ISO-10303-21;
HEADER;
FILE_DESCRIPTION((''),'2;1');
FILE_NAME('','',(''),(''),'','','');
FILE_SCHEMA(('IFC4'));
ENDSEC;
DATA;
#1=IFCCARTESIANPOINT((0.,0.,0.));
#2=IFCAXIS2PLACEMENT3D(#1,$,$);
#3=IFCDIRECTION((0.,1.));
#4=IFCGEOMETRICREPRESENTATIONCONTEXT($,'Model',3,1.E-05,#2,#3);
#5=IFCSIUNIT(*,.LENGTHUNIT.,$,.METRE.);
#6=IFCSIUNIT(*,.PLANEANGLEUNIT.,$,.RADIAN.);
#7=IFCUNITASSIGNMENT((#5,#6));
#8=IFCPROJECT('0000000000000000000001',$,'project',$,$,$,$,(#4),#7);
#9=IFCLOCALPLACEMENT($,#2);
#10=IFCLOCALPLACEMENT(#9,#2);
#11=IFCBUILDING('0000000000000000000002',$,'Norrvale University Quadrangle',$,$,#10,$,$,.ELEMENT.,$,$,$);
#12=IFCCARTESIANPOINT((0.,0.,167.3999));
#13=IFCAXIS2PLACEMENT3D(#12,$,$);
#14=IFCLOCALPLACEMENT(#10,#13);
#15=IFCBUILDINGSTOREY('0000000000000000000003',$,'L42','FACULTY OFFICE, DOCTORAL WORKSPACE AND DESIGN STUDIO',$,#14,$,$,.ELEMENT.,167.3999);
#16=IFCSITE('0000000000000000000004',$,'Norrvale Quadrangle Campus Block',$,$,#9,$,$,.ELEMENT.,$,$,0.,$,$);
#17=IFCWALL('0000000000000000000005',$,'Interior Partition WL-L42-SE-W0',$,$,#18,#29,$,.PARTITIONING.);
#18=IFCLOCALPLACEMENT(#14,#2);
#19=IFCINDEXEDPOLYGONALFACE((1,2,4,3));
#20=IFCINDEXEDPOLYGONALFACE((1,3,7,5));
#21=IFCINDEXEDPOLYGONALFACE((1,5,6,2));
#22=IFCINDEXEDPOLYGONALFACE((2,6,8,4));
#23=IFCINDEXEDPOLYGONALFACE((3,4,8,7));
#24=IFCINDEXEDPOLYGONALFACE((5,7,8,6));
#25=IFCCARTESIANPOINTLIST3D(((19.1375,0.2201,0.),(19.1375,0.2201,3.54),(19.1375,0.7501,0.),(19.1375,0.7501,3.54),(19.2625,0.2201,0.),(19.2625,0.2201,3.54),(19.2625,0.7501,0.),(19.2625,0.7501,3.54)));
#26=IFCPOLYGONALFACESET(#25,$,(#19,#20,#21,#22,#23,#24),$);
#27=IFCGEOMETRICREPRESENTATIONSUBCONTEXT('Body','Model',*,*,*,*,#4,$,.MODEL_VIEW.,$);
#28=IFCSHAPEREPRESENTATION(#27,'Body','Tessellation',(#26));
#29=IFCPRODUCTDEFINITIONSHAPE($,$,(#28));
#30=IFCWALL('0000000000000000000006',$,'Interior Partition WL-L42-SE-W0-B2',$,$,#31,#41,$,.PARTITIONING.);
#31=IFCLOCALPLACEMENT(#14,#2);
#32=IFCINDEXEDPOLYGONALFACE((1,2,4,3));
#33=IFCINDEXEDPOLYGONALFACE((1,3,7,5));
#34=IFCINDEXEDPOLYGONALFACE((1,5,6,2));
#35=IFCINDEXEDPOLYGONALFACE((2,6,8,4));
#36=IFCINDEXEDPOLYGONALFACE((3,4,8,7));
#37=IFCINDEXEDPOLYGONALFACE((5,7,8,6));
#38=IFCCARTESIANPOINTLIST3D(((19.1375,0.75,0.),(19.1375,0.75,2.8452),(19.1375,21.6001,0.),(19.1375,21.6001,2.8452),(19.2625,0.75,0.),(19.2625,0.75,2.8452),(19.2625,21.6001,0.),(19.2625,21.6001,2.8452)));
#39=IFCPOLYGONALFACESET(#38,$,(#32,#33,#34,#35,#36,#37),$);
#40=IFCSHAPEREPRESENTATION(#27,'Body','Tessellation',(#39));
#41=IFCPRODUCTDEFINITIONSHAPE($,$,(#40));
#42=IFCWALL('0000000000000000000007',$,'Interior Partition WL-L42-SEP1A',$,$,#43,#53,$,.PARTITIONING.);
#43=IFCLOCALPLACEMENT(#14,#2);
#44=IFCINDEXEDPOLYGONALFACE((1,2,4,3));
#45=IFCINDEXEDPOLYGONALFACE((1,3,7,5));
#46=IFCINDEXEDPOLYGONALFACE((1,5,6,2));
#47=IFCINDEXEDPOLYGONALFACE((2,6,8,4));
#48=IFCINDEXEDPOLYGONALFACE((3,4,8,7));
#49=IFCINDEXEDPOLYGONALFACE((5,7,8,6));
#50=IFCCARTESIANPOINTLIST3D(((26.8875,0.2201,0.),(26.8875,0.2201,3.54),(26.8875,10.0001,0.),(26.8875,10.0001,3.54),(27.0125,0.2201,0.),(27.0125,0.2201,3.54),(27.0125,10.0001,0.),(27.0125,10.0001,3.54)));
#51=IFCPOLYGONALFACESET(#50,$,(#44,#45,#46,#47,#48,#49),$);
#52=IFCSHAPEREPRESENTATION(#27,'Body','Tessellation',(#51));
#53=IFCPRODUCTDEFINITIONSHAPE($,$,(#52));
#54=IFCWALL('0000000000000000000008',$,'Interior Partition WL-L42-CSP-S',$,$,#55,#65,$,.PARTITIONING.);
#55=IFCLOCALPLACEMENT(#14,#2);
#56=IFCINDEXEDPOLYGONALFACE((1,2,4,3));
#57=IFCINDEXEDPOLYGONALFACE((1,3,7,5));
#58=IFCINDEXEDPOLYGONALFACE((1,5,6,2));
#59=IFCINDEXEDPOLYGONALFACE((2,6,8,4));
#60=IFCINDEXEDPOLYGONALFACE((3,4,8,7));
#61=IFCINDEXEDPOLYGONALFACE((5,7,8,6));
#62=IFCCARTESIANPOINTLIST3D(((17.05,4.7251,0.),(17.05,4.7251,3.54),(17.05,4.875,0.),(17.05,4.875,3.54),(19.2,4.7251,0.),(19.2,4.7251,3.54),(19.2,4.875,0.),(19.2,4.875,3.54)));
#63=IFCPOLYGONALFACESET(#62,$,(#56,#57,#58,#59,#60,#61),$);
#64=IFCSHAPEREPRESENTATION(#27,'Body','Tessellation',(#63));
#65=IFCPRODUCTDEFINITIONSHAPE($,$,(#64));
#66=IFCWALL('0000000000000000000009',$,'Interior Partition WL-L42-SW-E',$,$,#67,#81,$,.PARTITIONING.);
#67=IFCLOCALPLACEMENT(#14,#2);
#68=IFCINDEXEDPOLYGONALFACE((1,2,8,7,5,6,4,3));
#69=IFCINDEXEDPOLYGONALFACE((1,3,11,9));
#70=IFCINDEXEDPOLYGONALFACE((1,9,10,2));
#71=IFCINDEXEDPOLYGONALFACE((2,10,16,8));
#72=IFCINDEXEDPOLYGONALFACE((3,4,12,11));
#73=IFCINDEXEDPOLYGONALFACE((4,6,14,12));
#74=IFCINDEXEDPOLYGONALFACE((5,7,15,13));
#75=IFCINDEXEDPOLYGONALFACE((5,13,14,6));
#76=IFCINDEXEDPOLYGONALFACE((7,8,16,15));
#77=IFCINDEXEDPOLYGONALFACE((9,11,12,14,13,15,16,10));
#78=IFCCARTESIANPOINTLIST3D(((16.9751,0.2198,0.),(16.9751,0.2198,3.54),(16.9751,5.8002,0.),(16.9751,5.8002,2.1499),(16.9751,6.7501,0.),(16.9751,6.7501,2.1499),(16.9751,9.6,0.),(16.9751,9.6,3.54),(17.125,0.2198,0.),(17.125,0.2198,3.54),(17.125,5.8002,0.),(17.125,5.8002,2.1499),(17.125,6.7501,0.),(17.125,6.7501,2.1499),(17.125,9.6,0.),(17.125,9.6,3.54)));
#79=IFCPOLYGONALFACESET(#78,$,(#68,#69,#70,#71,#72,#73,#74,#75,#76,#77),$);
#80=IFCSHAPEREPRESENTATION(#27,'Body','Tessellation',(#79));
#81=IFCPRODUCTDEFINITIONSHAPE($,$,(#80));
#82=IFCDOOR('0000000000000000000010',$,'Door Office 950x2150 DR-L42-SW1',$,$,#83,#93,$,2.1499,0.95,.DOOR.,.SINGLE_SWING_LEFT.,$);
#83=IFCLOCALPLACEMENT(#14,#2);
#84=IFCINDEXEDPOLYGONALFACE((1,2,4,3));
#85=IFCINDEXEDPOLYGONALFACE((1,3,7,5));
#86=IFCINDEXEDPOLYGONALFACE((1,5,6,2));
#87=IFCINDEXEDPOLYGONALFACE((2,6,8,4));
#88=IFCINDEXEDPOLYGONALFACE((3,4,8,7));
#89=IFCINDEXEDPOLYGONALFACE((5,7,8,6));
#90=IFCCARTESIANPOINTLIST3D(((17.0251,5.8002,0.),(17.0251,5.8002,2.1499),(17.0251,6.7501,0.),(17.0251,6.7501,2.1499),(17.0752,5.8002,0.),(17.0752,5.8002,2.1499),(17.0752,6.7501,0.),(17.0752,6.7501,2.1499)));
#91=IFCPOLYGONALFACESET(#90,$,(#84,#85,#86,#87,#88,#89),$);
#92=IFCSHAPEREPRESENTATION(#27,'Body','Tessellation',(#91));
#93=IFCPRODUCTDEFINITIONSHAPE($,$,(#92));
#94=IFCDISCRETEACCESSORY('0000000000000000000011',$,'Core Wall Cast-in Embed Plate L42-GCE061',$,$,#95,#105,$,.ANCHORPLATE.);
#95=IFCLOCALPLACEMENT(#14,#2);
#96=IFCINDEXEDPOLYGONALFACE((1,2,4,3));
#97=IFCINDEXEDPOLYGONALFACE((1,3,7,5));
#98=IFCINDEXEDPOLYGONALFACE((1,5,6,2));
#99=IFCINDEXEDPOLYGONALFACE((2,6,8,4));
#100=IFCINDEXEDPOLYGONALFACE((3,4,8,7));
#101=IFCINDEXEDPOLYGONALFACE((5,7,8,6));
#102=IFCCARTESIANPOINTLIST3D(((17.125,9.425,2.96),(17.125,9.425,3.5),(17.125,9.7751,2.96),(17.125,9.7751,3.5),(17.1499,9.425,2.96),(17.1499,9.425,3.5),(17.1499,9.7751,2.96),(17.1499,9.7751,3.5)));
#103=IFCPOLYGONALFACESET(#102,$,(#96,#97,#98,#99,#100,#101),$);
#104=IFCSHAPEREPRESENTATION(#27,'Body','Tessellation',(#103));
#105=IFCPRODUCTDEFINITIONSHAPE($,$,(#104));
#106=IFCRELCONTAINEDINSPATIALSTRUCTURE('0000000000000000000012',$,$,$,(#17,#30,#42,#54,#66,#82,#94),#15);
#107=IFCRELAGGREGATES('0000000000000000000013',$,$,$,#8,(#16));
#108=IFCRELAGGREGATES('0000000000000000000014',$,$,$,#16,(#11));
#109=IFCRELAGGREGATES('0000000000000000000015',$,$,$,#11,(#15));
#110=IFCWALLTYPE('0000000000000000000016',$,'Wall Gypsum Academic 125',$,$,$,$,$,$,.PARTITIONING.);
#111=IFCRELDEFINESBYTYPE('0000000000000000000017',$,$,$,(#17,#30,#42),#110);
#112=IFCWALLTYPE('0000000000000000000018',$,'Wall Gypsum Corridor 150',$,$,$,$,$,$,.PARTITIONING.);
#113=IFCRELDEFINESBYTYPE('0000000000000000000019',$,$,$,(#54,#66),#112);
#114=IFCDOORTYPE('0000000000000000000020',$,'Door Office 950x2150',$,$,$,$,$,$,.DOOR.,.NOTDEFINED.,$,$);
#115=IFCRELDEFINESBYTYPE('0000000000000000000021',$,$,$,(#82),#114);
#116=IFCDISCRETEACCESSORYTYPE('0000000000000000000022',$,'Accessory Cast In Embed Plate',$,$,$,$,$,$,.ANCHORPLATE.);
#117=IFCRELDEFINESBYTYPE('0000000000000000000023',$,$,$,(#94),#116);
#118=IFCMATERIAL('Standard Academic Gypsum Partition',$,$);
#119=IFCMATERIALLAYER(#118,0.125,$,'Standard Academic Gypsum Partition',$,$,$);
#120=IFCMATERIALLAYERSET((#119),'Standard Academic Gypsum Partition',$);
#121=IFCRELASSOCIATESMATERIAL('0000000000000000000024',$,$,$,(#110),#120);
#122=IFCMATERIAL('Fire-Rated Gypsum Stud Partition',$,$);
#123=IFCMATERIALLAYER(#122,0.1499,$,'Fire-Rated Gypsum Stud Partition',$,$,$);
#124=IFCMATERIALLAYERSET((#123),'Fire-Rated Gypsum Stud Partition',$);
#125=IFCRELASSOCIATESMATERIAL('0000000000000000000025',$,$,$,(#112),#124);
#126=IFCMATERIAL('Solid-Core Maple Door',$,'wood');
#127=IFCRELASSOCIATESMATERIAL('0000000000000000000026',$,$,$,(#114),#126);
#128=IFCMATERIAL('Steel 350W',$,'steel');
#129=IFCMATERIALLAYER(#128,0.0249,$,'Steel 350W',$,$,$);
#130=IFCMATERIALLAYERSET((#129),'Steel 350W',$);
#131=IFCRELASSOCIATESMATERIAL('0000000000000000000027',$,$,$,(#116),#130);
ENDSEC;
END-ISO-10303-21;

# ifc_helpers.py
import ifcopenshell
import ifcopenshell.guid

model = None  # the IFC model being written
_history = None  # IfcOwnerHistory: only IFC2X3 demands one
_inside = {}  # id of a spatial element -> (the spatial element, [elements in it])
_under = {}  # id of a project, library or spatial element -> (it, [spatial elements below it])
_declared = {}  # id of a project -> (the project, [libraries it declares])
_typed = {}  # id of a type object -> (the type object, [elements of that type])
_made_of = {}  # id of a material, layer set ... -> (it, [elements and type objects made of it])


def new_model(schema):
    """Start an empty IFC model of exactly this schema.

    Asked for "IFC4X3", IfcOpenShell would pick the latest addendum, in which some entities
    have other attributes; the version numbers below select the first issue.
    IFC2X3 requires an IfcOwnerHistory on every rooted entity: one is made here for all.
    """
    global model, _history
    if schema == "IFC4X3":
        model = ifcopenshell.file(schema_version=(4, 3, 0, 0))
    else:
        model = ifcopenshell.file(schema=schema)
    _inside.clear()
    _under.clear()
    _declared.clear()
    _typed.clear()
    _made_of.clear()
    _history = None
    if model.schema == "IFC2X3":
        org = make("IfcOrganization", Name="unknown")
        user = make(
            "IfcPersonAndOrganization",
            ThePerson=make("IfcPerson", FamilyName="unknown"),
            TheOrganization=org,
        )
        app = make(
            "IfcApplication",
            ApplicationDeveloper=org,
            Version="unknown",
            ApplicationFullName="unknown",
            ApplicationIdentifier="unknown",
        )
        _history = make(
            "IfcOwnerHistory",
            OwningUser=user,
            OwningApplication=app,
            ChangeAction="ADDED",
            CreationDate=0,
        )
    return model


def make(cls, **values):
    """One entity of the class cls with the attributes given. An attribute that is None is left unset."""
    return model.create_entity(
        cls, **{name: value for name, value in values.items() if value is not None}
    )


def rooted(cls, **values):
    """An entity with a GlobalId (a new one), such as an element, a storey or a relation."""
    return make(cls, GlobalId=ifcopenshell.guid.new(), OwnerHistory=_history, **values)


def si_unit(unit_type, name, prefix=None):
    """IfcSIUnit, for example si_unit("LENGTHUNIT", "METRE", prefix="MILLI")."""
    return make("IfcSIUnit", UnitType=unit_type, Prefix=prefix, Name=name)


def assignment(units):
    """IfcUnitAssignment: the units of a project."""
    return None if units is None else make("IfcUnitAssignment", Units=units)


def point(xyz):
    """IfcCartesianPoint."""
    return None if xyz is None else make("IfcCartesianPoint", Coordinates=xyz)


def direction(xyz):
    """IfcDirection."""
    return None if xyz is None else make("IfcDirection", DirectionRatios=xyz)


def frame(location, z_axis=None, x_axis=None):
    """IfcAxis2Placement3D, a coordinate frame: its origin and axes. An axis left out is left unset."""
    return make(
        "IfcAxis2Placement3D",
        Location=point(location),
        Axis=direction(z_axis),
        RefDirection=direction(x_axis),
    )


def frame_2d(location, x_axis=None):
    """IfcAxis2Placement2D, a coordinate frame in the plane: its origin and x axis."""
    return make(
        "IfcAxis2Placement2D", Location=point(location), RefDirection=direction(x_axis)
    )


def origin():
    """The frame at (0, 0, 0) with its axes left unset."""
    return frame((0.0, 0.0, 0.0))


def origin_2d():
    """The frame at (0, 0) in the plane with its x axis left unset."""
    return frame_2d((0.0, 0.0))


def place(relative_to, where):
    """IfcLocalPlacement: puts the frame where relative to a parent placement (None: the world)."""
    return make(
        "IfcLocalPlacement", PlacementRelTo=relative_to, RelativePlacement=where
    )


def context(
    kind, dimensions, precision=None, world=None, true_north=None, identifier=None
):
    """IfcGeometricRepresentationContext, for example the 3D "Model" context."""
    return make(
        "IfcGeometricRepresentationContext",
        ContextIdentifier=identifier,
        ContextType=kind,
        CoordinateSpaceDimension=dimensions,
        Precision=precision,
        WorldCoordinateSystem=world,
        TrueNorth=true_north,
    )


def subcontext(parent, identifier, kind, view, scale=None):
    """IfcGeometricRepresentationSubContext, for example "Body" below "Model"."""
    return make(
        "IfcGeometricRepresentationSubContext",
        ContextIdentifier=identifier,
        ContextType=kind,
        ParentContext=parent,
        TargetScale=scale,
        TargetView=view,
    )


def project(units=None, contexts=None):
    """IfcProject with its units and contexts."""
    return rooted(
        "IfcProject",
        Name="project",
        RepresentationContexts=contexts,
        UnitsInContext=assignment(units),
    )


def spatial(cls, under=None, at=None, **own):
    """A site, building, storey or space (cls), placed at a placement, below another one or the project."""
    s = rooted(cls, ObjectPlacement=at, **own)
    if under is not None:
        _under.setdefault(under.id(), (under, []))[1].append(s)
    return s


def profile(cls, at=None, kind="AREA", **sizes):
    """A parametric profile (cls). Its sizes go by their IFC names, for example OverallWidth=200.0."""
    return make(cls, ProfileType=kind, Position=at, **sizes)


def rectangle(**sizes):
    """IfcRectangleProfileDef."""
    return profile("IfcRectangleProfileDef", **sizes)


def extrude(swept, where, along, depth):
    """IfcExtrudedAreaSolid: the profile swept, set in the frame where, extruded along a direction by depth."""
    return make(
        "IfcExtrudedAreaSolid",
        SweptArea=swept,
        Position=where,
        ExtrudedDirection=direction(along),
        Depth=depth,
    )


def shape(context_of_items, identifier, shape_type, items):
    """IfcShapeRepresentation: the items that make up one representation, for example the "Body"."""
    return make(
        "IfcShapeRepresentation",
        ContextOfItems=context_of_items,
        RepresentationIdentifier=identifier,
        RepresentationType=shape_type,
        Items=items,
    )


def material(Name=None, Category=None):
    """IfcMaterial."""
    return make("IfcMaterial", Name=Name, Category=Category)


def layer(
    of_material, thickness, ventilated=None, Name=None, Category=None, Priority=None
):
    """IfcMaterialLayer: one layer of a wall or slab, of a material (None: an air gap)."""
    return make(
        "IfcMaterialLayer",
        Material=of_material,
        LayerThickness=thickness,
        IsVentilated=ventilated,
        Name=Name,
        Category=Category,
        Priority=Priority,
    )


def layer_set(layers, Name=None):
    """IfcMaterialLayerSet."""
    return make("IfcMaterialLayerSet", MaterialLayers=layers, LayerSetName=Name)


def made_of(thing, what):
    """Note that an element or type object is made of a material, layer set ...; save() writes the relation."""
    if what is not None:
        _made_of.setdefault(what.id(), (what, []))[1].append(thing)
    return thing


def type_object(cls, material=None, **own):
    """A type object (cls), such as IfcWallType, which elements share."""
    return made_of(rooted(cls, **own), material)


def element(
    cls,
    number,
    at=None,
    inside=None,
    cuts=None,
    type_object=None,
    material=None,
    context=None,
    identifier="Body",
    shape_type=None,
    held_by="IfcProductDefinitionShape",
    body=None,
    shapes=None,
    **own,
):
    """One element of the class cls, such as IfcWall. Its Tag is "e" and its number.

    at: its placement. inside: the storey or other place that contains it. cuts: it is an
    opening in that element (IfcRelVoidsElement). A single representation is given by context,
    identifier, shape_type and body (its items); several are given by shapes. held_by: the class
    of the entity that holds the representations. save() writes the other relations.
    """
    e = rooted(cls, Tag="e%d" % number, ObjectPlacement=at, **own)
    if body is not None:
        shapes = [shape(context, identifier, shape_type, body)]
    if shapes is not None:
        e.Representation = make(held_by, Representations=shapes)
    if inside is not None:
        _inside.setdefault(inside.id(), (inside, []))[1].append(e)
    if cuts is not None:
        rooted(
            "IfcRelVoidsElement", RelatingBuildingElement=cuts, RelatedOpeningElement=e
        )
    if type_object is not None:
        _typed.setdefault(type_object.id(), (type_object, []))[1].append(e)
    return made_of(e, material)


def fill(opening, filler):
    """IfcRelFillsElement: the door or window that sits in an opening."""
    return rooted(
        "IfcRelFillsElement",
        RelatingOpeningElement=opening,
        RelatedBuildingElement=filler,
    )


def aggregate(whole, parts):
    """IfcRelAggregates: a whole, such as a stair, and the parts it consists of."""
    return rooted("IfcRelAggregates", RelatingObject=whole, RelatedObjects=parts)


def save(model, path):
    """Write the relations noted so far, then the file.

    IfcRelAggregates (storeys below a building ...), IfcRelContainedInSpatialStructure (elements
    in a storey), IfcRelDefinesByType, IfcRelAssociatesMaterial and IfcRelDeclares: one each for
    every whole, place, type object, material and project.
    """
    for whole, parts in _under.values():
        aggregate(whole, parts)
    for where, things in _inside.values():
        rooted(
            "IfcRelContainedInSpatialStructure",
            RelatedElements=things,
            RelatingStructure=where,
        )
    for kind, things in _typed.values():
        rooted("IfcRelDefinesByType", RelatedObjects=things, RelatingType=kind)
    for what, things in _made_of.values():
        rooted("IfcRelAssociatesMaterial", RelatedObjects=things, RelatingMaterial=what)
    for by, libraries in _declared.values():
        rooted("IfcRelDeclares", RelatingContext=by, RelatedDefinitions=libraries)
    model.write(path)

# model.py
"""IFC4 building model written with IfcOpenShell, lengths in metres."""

from ifc_helpers import new_model, si_unit, direction, frame, frame_2d, origin, origin_2d, place, context, subcontext, project, spatial, rectangle, extrude, material, layer, layer_set, type_object, element, fill, save


model = new_model("IFC4")

# Units and contexts
model_context = context("Model", 3, precision=1e-05, world=origin(), true_north=direction((0.0, 1.0)))
body_context = subcontext(model_context, "Body", "Model", "MODEL_VIEW")
ifc_project = project(units=[si_unit("LENGTHUNIT", "METRE"), si_unit("PLANEANGLEUNIT", "RADIAN")], contexts=[model_context])

# Site, building, storey
site_placement = place(None, origin())
site = spatial("IfcSite", under=ifc_project, at=site_placement, Name="Norrvale Quadrangle Campus Block", CompositionType="ELEMENT", RefElevation=0.0)
building_placement = place(site_placement, origin())
building = spatial("IfcBuilding", under=site, at=building_placement, Name="Norrvale University Quadrangle", CompositionType="ELEMENT")
storey_placement = place(building_placement, frame((0.0, 0.0, 167.3999)))
storey = spatial("IfcBuildingStorey", under=building, at=storey_placement, Name="L42", Description="FACULTY OFFICE, DOCTORAL WORKSPACE AND DESIGN STUDIO", CompositionType="ELEMENT", Elevation=167.3999)

# Shared definitions
ifc_material_1 = material(Name="Steel 350W", Category="steel")

# Walls
ifc_material_2 = material(Name="Standard Academic Gypsum Partition")
ifc_layer_1 = layer(ifc_material_2, 0.125, Name="Standard Academic Gypsum Partition")
ifc_layer_set_1 = layer_set([ifc_layer_1], Name="Standard Academic Gypsum Partition")
wall_type_1 = type_object("IfcWallType", Name="Wall Gypsum Academic 125", PredefinedType="PARTITIONING", material=ifc_layer_set_1)
wall_1_placement = place(storey_placement, frame((19.2, 0.22, 0.0), z_axis=(0.0, 0.0, 1.0), x_axis=(0.0, 1.0, 0.0)))
element("IfcWall", 1, at=wall_1_placement, inside=storey, type_object=wall_type_1, Name="Interior Partition WL-L42-SE-W0", PredefinedType="PARTITIONING", context=body_context, shape_type="SweptSolid", body=[
    extrude(rectangle(XDim=0.53, YDim=0.125, at=frame_2d((0.2651, 0.0))), origin(), (0.0, 0.0, 1.0), 3.54),
])
wall_2_placement = place(storey_placement, frame((19.2, 0.75, 0.0), z_axis=(0.0, 0.0, 1.0), x_axis=(0.0, 1.0, 0.0)))
element("IfcWall", 2, at=wall_2_placement, inside=storey, type_object=wall_type_1, Name="Interior Partition WL-L42-SE-W0-B2", PredefinedType="PARTITIONING", context=body_context, shape_type="SweptSolid", body=[
    extrude(rectangle(XDim=20.8501, YDim=0.125, at=frame_2d((10.425, 0.0))), origin(), (0.0, 0.0, 1.0), 2.8452),
])
wall_3_placement = place(storey_placement, frame((26.95, 0.22, 0.0), z_axis=(0.0, 0.0, 1.0), x_axis=(0.0, 1.0, 0.0)))
element("IfcWall", 3, at=wall_3_placement, inside=storey, type_object=wall_type_1, Name="Interior Partition WL-L42-SEP1A", PredefinedType="PARTITIONING", context=body_context, shape_type="SweptSolid", body=[
    extrude(rectangle(XDim=9.78, YDim=0.125, at=frame_2d((4.8901, 0.0))), origin(), (0.0, 0.0, 1.0), 3.54),
])
ifc_material_3 = material(Name="Fire-Rated Gypsum Stud Partition")
ifc_layer_2 = layer(ifc_material_3, 0.1499, Name="Fire-Rated Gypsum Stud Partition")
ifc_layer_set_2 = layer_set([ifc_layer_2], Name="Fire-Rated Gypsum Stud Partition")
wall_type_2 = type_object("IfcWallType", Name="Wall Gypsum Corridor 150", PredefinedType="PARTITIONING", material=ifc_layer_set_2)
wall_4_placement = place(storey_placement, frame((17.05, 4.8, 0.0), z_axis=(0.0, 0.0, 1.0), x_axis=(1.0, 0.0, 0.0)))
element("IfcWall", 4, at=wall_4_placement, inside=storey, type_object=wall_type_2, Name="Interior Partition WL-L42-CSP-S", PredefinedType="PARTITIONING", context=body_context, shape_type="SweptSolid", body=[
    extrude(rectangle(XDim=2.1499, YDim=0.1499, at=frame_2d((1.075, 0.0))), origin(), (0.0, 0.0, 1.0), 3.54),
])

# Wall, opening, door
wall_5_placement = place(storey_placement, frame((17.05, 0.22, 0.0), z_axis=(0.0, 0.0, 1.0), x_axis=(0.0, 1.0, 0.0)))
wall_5 = element("IfcWall", 5, at=wall_5_placement, inside=storey, type_object=wall_type_2, Name="Interior Partition WL-L42-SW-E", PredefinedType="PARTITIONING", context=body_context, shape_type="SweptSolid", body=[
    extrude(rectangle(XDim=9.3801, YDim=0.1499, at=frame_2d((4.6899, 0.0))), origin(), (0.0, 0.0, 1.0), 3.54),
])
opening_placement = place(wall_5_placement, frame((5.5801, 0.0, 0.0)))
opening = element("IfcOpeningElement", 6, at=opening_placement, cuts=wall_5, PredefinedType="OPENING", context=body_context, shape_type="SweptSolid", body=[
    extrude(rectangle(XDim=0.95, YDim=2.1499, at=frame_2d((0.4751, 1.075))), frame((0.0, 0.0869, 0.0), z_axis=(0.0, -1.0, 0.0), x_axis=(1.0, 0.0, 0.0)), (0.0, 0.0, 1.0), 0.1738),
])
ifc_material_4 = material(Name="Solid-Core Maple Door", Category="wood")
door_type = type_object("IfcDoorType", Name="Door Office 950x2150", OperationType="NOTDEFINED", PredefinedType="DOOR", material=ifc_material_4)
door_placement = place(opening_placement, origin())
door = element("IfcDoor", 7, at=door_placement, inside=storey, type_object=door_type, Name="Door Office 950x2150 DR-L42-SW1", OperationType="SINGLE_SWING_LEFT", OverallHeight=2.1499, OverallWidth=0.95, PredefinedType="DOOR", context=body_context, shape_type="SweptSolid", body=[
    extrude(rectangle(XDim=0.95, YDim=2.1499, at=frame_2d((0.4751, 1.075))), frame((0.0, 0.0249, 0.0), z_axis=(0.0, -1.0, 0.0), x_axis=(1.0, 0.0, 0.0)), (0.0, 0.0, 1.0), 0.05),
])
fill(opening, door)

# Discrete accessory
ifc_layer_3 = layer(ifc_material_1, 0.0249, Name="Steel 350W")
ifc_layer_set_3 = layer_set([ifc_layer_3], Name="Steel 350W")
discrete_accessory_type = type_object("IfcDiscreteAccessoryType", Name="Accessory Cast In Embed Plate", PredefinedType="ANCHORPLATE", material=ifc_layer_set_3)
discrete_accessory_placement = place(storey_placement, frame((17.1375, 9.6001, 2.96), z_axis=(0.0, 0.0, 1.0), x_axis=(1.0, 0.0, 0.0)))
element("IfcDiscreteAccessory", 8, at=discrete_accessory_placement, inside=storey, type_object=discrete_accessory_type, Name="Core Wall Cast-in Embed Plate L42-GCE061", PredefinedType="ANCHORPLATE", context=body_context, shape_type="SweptSolid", body=[
    extrude(rectangle(XDim=0.0249, YDim=0.3501, at=origin_2d()), origin(), (0.0, 0.0, 1.0), 0.54),
])

save(model, "model.ifc")
